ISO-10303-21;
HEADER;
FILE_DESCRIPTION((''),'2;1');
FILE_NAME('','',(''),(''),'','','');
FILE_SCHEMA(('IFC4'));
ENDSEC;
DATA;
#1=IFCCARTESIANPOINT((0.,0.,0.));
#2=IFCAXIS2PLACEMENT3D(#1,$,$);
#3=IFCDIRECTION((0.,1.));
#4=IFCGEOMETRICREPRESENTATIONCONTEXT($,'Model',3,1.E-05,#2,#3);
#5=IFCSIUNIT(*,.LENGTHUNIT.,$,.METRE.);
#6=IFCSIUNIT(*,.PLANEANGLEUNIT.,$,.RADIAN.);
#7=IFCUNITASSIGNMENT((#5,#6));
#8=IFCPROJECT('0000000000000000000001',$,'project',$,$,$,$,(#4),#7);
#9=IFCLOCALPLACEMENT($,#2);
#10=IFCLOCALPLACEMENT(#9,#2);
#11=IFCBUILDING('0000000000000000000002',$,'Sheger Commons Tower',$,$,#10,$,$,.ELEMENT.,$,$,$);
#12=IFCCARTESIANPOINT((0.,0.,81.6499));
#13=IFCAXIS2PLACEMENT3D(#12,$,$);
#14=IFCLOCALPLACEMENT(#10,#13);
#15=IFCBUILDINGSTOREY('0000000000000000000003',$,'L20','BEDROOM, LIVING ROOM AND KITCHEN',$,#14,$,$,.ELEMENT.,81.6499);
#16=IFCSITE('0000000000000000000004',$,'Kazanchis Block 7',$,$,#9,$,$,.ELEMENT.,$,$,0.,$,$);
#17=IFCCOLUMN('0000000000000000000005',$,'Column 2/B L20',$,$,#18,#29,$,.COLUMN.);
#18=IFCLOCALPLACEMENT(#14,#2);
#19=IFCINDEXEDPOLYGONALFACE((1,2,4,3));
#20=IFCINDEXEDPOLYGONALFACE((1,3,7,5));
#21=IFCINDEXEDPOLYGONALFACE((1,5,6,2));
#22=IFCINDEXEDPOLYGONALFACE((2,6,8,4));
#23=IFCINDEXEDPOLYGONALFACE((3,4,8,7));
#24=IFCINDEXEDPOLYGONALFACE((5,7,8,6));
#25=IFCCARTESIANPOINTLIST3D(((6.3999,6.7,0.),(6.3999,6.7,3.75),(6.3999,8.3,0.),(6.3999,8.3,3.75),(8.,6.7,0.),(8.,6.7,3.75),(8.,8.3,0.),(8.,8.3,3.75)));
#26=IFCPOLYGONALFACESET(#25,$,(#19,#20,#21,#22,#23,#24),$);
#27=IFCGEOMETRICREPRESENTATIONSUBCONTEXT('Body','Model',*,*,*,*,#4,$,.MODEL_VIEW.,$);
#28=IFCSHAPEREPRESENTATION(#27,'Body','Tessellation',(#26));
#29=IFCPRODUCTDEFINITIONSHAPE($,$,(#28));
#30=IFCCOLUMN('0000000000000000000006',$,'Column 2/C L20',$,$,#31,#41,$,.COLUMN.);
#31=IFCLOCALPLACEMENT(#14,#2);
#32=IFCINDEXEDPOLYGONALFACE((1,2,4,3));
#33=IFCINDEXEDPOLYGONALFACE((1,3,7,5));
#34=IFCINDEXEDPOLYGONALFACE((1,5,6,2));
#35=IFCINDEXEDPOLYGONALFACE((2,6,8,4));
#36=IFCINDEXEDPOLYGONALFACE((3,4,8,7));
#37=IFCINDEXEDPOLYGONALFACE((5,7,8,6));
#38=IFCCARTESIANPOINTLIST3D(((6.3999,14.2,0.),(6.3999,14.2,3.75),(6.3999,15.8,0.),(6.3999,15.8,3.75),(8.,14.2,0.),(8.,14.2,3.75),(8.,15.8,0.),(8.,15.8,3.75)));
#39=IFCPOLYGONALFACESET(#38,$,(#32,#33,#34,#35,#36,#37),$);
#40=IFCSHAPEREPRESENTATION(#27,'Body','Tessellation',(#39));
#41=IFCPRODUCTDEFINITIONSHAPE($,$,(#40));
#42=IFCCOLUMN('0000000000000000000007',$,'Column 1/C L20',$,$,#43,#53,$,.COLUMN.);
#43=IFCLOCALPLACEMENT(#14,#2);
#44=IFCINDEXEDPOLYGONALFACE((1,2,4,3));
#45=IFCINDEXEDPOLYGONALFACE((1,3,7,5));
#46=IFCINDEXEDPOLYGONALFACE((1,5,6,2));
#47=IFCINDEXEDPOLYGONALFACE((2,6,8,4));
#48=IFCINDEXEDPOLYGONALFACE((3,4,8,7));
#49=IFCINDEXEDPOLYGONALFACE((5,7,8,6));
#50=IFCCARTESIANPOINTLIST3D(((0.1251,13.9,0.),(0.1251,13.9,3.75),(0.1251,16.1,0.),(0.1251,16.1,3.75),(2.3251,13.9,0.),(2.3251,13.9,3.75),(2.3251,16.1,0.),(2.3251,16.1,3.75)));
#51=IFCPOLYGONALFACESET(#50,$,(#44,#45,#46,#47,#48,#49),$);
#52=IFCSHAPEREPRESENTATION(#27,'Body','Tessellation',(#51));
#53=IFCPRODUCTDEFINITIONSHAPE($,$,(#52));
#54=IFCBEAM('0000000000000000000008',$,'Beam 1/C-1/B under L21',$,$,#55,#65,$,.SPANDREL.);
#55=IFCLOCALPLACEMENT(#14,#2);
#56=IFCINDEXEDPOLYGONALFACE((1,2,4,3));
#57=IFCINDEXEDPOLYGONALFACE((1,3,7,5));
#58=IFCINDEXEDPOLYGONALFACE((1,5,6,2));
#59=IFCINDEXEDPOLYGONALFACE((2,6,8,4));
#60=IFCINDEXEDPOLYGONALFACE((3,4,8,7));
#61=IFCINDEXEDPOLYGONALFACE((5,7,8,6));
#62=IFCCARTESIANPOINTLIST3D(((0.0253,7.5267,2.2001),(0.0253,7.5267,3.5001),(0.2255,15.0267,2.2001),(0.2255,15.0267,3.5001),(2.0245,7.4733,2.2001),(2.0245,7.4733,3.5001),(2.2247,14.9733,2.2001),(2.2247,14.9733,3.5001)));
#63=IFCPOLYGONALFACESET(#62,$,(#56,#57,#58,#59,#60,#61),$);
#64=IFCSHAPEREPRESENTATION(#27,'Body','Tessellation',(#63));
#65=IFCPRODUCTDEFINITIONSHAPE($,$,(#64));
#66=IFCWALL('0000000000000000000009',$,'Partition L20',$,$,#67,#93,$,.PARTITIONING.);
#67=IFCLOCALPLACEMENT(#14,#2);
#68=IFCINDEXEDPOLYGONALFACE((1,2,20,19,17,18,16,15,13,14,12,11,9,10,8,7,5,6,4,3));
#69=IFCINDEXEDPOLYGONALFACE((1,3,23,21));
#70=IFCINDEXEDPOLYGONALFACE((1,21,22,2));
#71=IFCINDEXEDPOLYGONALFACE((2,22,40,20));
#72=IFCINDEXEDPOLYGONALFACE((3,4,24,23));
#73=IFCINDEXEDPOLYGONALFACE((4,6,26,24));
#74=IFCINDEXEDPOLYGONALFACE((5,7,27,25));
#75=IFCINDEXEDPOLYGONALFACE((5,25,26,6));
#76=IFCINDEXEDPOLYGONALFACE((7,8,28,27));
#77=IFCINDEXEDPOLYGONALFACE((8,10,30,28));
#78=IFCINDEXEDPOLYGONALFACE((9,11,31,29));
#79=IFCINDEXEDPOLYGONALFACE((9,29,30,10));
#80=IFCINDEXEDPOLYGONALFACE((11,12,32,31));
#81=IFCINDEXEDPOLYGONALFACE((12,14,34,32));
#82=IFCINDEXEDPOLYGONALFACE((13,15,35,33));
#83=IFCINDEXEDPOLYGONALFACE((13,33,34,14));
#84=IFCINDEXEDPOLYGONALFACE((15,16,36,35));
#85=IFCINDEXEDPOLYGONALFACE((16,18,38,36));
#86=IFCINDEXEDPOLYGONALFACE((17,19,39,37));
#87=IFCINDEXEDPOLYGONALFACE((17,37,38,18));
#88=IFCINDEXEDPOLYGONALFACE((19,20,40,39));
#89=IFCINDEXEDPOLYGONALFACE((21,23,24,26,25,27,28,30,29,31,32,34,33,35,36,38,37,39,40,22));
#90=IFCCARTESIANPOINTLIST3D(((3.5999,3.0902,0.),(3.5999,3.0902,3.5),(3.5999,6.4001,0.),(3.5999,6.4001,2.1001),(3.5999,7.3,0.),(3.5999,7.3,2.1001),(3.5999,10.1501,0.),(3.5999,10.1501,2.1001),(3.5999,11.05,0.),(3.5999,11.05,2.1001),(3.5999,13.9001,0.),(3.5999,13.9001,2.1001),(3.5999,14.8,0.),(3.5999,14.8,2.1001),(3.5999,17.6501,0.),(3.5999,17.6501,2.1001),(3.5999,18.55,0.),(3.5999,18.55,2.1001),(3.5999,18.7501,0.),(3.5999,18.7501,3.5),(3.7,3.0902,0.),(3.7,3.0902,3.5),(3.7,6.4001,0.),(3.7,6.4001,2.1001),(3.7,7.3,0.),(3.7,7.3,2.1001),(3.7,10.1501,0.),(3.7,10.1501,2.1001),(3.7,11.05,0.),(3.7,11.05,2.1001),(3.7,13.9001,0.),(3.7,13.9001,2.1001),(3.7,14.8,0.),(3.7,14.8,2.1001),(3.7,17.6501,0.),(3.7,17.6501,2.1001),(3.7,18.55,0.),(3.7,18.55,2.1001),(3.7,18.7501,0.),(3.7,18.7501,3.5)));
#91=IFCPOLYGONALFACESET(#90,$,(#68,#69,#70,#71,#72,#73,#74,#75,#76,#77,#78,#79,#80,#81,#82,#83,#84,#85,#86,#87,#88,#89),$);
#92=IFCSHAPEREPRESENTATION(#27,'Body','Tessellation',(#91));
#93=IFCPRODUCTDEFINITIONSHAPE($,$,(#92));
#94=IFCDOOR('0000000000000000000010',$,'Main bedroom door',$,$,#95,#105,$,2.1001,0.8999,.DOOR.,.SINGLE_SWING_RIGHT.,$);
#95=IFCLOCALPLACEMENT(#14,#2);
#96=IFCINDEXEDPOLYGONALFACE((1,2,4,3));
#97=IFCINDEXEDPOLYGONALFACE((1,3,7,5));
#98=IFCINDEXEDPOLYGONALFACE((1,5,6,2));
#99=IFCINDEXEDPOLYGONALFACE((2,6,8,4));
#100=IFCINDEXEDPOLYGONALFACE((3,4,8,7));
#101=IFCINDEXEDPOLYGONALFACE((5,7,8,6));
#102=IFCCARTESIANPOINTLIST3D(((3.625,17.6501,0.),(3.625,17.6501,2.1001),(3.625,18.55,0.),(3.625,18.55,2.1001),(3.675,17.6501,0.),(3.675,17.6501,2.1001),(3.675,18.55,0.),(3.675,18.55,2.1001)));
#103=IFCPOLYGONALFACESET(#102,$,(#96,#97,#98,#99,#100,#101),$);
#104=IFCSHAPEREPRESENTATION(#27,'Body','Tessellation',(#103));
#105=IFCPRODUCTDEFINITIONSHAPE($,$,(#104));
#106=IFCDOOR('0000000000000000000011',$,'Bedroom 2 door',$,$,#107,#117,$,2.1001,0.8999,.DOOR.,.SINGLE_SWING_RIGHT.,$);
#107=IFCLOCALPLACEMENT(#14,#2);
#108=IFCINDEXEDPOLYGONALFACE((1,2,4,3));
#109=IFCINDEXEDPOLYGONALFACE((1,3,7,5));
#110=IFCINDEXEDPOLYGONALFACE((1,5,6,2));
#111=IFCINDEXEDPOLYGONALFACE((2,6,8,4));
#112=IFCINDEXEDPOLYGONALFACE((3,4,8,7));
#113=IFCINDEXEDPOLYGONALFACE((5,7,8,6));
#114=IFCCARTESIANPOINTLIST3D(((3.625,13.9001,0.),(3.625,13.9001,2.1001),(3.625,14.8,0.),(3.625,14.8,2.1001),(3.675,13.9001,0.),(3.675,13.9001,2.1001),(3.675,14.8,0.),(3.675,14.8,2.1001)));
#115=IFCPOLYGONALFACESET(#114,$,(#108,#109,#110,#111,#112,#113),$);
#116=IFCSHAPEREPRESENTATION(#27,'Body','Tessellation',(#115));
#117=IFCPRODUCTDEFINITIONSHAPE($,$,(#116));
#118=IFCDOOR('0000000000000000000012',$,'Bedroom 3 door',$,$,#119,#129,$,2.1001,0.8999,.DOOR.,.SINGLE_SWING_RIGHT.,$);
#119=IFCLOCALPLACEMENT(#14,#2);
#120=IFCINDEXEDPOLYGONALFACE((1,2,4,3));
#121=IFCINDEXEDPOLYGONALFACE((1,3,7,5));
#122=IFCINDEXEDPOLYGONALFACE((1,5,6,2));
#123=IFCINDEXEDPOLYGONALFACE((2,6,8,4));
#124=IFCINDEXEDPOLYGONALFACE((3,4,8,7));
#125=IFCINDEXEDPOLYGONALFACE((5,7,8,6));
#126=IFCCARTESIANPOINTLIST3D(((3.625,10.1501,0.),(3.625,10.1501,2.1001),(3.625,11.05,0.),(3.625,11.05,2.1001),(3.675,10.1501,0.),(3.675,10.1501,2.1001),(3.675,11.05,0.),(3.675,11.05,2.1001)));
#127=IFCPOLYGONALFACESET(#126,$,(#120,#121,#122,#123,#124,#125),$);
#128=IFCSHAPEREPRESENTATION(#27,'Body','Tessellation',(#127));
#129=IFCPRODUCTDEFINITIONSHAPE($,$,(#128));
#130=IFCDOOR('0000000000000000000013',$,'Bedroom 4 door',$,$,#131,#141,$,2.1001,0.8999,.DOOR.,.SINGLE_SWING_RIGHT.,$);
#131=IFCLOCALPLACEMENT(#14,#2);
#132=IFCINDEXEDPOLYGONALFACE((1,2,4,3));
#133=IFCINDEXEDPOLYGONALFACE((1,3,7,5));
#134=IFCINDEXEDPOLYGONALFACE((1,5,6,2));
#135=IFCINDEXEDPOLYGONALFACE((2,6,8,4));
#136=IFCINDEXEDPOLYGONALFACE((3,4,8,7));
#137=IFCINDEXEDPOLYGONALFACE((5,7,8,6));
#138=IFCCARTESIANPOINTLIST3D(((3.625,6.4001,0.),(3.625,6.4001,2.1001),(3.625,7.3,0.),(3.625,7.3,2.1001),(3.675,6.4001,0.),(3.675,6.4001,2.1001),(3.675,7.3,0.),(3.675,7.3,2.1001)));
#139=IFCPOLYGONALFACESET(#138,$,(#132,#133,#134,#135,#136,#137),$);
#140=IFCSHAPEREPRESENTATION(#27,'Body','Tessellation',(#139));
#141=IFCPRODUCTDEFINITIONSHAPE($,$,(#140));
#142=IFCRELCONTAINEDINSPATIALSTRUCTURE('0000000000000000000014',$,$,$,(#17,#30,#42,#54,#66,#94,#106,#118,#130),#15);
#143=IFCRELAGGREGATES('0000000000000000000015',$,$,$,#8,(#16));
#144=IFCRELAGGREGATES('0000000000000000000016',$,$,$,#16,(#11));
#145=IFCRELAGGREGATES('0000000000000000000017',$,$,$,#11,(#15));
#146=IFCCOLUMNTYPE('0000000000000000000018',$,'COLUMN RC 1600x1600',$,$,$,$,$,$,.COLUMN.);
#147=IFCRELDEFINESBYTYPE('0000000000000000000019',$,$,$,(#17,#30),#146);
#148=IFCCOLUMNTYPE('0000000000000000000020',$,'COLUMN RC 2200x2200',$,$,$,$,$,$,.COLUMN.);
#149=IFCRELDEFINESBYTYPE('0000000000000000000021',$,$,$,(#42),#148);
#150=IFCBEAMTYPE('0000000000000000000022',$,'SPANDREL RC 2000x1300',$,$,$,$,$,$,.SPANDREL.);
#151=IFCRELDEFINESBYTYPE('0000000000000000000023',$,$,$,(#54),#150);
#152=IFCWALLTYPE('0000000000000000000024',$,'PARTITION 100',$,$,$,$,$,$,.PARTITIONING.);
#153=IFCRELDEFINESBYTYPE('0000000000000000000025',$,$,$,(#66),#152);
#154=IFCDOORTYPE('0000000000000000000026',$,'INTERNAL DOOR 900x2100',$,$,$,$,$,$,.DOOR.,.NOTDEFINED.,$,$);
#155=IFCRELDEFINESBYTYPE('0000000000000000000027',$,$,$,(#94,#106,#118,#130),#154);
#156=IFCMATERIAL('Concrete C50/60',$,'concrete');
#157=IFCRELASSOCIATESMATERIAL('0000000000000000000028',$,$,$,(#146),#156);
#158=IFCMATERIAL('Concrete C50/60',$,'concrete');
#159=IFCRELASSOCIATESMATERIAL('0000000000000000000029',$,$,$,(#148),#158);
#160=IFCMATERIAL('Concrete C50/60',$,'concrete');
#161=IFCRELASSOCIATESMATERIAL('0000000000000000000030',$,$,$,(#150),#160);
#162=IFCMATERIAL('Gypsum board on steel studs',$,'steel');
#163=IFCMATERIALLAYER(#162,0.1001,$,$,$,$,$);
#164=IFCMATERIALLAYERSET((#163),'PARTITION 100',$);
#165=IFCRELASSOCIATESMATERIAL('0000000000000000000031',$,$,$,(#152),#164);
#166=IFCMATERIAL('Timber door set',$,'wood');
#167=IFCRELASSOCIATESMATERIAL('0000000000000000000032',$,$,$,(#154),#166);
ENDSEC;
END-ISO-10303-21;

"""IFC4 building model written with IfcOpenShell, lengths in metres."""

from ifc_helpers import new_model, si_unit, direction, frame, frame_2d, origin, origin_2d, place, context, subcontext, project, spatial, rectangle, extrude, material, layer, layer_set, material_profile, profile_set, type_object, element, fill, save


model = new_model("IFC4")

# Units and contexts
model_context = context("Model", 3, precision=1e-05, world=origin(), true_north=direction((0.0, 1.0)))
body_context = subcontext(model_context, "Body", "Model", "MODEL_VIEW")
ifc_project = project(units=[si_unit("LENGTHUNIT", "METRE"), si_unit("PLANEANGLEUNIT", "RADIAN")], contexts=[model_context])

# Site, building, storey
site_placement = place(None, origin())
site = spatial("IfcSite", under=ifc_project, at=site_placement, Name="Kazanchis Block 7", CompositionType="ELEMENT", RefElevation=0.0)
building_placement = place(site_placement, origin())
building = spatial("IfcBuilding", under=site, at=building_placement, Name="Sheger Commons Tower", CompositionType="ELEMENT")
storey_placement = place(building_placement, frame((0.0, 0.0, 81.6499)))
storey = spatial("IfcBuildingStorey", under=building, at=storey_placement, Name="L20", Description="BEDROOM, LIVING ROOM AND KITCHEN", CompositionType="ELEMENT", Elevation=81.6499)

# Columns
ifc_material_1 = material(Name="Concrete C50/60", Category="concrete")
ifc_material_profile_1 = material_profile(ifc_material_1, rectangle(XDim=1.6001, YDim=1.6001, at=origin_2d()), Name="RC 1600x1600")
ifc_profile_set_1 = profile_set([ifc_material_profile_1], Name="Concrete C50/60")
column_type_1 = type_object("IfcColumnType", Name="COLUMN RC 1600x1600", PredefinedType="COLUMN", material=ifc_profile_set_1)
for number, where, z_axis, x_axis, name in (
    (1, (7.2, 7.5, 0.0), (0.0, 0.0, 1.0), (1.0, 0.0, 0.0), "Column 2/B L20"),
    (2, (7.2, 15.0, 0.0), (0.0, 0.0, 1.0), (1.0, 0.0, 0.0), "Column 2/C L20"),
):
    element("IfcColumn", number, at=place(storey_placement, frame(where, z_axis=z_axis, x_axis=x_axis)), inside=storey, type_object=column_type_1, Name=name, PredefinedType="COLUMN", context=body_context, shape_type="SweptSolid", body=[
        extrude(rectangle(XDim=1.6001, YDim=1.6001, at=origin_2d()), origin(), (0.0, 0.0, 1.0), 3.75),
    ])
ifc_material_2 = material(Name="Concrete C50/60", Category="concrete")
ifc_material_profile_2 = material_profile(ifc_material_2, rectangle(XDim=2.2, YDim=2.2, at=origin_2d()), Name="RC 2200x2200")
ifc_profile_set_2 = profile_set([ifc_material_profile_2], Name="Concrete C50/60")
column_type_2 = type_object("IfcColumnType", Name="COLUMN RC 2200x2200", PredefinedType="COLUMN", material=ifc_profile_set_2)
column_placement = place(storey_placement, frame((1.2251, 15.0, 0.0), z_axis=(0.0, 0.0, 1.0), x_axis=(1.0, 0.0, 0.0)))
element("IfcColumn", 3, at=column_placement, inside=storey, type_object=column_type_2, Name="Column 1/C L20", PredefinedType="COLUMN", context=body_context, shape_type="SweptSolid", body=[
    extrude(rectangle(XDim=2.2, YDim=2.2, at=origin_2d()), origin(), (0.0, 0.0, 1.0), 3.75),
])

# Beam
ifc_material_3 = material(Name="Concrete C50/60", Category="concrete")
ifc_material_profile_3 = material_profile(ifc_material_3, rectangle(XDim=2.0, YDim=1.3, at=origin_2d()), Name="RC 2000x1300")
ifc_profile_set_3 = profile_set([ifc_material_profile_3], Name="Concrete C50/60")
beam_type = type_object("IfcBeamType", Name="SPANDREL RC 2000x1300", PredefinedType="SPANDREL", material=ifc_profile_set_3)
beam_placement = place(storey_placement, frame((1.2251, 15.0, 2.8501), z_axis=(-0.026683, -0.999644, 0.0), x_axis=(0.999644, -0.026683, 0.0)))
element("IfcBeam", 4, at=beam_placement, inside=storey, type_object=beam_type, Name="Beam 1/C-1/B under L21", PredefinedType="SPANDREL", context=body_context, shape_type="SweptSolid", body=[
    extrude(rectangle(XDim=2.0, YDim=1.3, at=origin_2d()), origin(), (0.0, 0.0, 1.0), 7.5027),
])

# Wall, openings, doors
ifc_material_4 = material(Name="Gypsum board on steel studs", Category="steel")
ifc_layer = layer(ifc_material_4, 0.1001)
ifc_layer_set = layer_set([ifc_layer], Name="PARTITION 100")
wall_type = type_object("IfcWallType", Name="PARTITION 100", PredefinedType="PARTITIONING", material=ifc_layer_set)
wall_1_placement = place(storey_placement, frame((3.6499, 3.0901, 0.0), z_axis=(0.0, 0.0, 1.0), x_axis=(0.0, 1.0, 0.0)))
wall_1 = element("IfcWall", 5, at=wall_1_placement, inside=storey, type_object=wall_type, Name="Partition L20", PredefinedType="PARTITIONING", context=body_context, shape_type="SweptSolid", body=[
    extrude(rectangle(XDim=15.6599, YDim=0.1001, at=frame_2d((7.8301, 0.0))), origin(), (0.0, 0.0, 1.0), 3.5),
])
opening_1_placement = place(wall_1_placement, frame((14.5601, 0.0, 0.0)))
opening_1 = element("IfcOpeningElement", 6, at=opening_1_placement, cuts=wall_1, PredefinedType="OPENING", context=body_context, shape_type="SweptSolid", body=[
    extrude(rectangle(XDim=0.8999, YDim=2.1001, at=frame_2d((0.45, 1.05))), frame((0.0, 0.0601, 0.0), z_axis=(0.0, -1.0, 0.0), x_axis=(1.0, 0.0, 0.0)), (0.0, 0.0, 1.0), 0.1201),
])
opening_2_placement = place(wall_1_placement, frame((10.8101, 0.0, 0.0)))
opening_2 = element("IfcOpeningElement", 7, at=opening_2_placement, cuts=wall_1, PredefinedType="OPENING", context=body_context, shape_type="SweptSolid", body=[
    extrude(rectangle(XDim=0.8999, YDim=2.1001, at=frame_2d((0.45, 1.05))), frame((0.0, 0.0601, 0.0), z_axis=(0.0, -1.0, 0.0), x_axis=(1.0, 0.0, 0.0)), (0.0, 0.0, 1.0), 0.1201),
])
opening_3_placement = place(wall_1_placement, frame((7.0601, 0.0, 0.0)))
opening_3 = element("IfcOpeningElement", 8, at=opening_3_placement, cuts=wall_1, PredefinedType="OPENING", context=body_context, shape_type="SweptSolid", body=[
    extrude(rectangle(XDim=0.8999, YDim=2.1001, at=frame_2d((0.45, 1.05))), frame((0.0, 0.0601, 0.0), z_axis=(0.0, -1.0, 0.0), x_axis=(1.0, 0.0, 0.0)), (0.0, 0.0, 1.0), 0.1201),
])
opening_4_placement = place(wall_1_placement, frame((3.3101, 0.0, 0.0)))
opening_4 = element("IfcOpeningElement", 9, at=opening_4_placement, cuts=wall_1, PredefinedType="OPENING", context=body_context, shape_type="SweptSolid", body=[
    extrude(rectangle(XDim=0.8999, YDim=2.1001, at=frame_2d((0.45, 1.05))), frame((0.0, 0.0601, 0.0), z_axis=(0.0, -1.0, 0.0), x_axis=(1.0, 0.0, 0.0)), (0.0, 0.0, 1.0), 0.1201),
])
ifc_material_5 = material(Name="Timber door set", Category="wood")
door_type = type_object("IfcDoorType", Name="INTERNAL DOOR 900x2100", OperationType="NOTDEFINED", PredefinedType="DOOR", material=ifc_material_5)
door_1_placement = place(opening_1_placement, origin())
door_1 = element("IfcDoor", 10, at=door_1_placement, inside=storey, type_object=door_type, Name="Main bedroom door", OperationType="SINGLE_SWING_RIGHT", OverallHeight=2.1001, OverallWidth=0.8999, PredefinedType="DOOR", context=body_context, shape_type="SweptSolid", body=[
    extrude(rectangle(XDim=0.8999, YDim=2.1001, at=frame_2d((0.45, 1.05))), frame((0.0, 0.0249, 0.0), z_axis=(0.0, -1.0, 0.0), x_axis=(1.0, 0.0, 0.0)), (0.0, 0.0, 1.0), 0.05),
])
fill(opening_1, door_1)
door_2_placement = place(opening_2_placement, origin())
door_2 = element("IfcDoor", 11, at=door_2_placement, inside=storey, type_object=door_type, Name="Bedroom 2 door", OperationType="SINGLE_SWING_RIGHT", OverallHeight=2.1001, OverallWidth=0.8999, PredefinedType="DOOR", context=body_context, shape_type="SweptSolid", body=[
    extrude(rectangle(XDim=0.8999, YDim=2.1001, at=frame_2d((0.45, 1.05))), frame((0.0, 0.0249, 0.0), z_axis=(0.0, -1.0, 0.0), x_axis=(1.0, 0.0, 0.0)), (0.0, 0.0, 1.0), 0.05),
])
fill(opening_2, door_2)
door_3_placement = place(opening_3_placement, origin())
door_3 = element("IfcDoor", 12, at=door_3_placement, inside=storey, type_object=door_type, Name="Bedroom 3 door", OperationType="SINGLE_SWING_RIGHT", OverallHeight=2.1001, OverallWidth=0.8999, PredefinedType="DOOR", context=body_context, shape_type="SweptSolid", body=[
    extrude(rectangle(XDim=0.8999, YDim=2.1001, at=frame_2d((0.45, 1.05))), frame((0.0, 0.0249, 0.0), z_axis=(0.0, -1.0, 0.0), x_axis=(1.0, 0.0, 0.0)), (0.0, 0.0, 1.0), 0.05),
])
fill(opening_3, door_3)
door_4_placement = place(opening_4_placement, origin())
door_4 = element("IfcDoor", 13, at=door_4_placement, inside=storey, type_object=door_type, Name="Bedroom 4 door", OperationType="SINGLE_SWING_RIGHT", OverallHeight=2.1001, OverallWidth=0.8999, PredefinedType="DOOR", context=body_context, shape_type="SweptSolid", body=[
    extrude(rectangle(XDim=0.8999, YDim=2.1001, at=frame_2d((0.45, 1.05))), frame((0.0, 0.0249, 0.0), z_axis=(0.0, -1.0, 0.0), x_axis=(1.0, 0.0, 0.0)), (0.0, 0.0, 1.0), 0.05),
])
fill(opening_4, door_4)

save(model, "model.ifc")
